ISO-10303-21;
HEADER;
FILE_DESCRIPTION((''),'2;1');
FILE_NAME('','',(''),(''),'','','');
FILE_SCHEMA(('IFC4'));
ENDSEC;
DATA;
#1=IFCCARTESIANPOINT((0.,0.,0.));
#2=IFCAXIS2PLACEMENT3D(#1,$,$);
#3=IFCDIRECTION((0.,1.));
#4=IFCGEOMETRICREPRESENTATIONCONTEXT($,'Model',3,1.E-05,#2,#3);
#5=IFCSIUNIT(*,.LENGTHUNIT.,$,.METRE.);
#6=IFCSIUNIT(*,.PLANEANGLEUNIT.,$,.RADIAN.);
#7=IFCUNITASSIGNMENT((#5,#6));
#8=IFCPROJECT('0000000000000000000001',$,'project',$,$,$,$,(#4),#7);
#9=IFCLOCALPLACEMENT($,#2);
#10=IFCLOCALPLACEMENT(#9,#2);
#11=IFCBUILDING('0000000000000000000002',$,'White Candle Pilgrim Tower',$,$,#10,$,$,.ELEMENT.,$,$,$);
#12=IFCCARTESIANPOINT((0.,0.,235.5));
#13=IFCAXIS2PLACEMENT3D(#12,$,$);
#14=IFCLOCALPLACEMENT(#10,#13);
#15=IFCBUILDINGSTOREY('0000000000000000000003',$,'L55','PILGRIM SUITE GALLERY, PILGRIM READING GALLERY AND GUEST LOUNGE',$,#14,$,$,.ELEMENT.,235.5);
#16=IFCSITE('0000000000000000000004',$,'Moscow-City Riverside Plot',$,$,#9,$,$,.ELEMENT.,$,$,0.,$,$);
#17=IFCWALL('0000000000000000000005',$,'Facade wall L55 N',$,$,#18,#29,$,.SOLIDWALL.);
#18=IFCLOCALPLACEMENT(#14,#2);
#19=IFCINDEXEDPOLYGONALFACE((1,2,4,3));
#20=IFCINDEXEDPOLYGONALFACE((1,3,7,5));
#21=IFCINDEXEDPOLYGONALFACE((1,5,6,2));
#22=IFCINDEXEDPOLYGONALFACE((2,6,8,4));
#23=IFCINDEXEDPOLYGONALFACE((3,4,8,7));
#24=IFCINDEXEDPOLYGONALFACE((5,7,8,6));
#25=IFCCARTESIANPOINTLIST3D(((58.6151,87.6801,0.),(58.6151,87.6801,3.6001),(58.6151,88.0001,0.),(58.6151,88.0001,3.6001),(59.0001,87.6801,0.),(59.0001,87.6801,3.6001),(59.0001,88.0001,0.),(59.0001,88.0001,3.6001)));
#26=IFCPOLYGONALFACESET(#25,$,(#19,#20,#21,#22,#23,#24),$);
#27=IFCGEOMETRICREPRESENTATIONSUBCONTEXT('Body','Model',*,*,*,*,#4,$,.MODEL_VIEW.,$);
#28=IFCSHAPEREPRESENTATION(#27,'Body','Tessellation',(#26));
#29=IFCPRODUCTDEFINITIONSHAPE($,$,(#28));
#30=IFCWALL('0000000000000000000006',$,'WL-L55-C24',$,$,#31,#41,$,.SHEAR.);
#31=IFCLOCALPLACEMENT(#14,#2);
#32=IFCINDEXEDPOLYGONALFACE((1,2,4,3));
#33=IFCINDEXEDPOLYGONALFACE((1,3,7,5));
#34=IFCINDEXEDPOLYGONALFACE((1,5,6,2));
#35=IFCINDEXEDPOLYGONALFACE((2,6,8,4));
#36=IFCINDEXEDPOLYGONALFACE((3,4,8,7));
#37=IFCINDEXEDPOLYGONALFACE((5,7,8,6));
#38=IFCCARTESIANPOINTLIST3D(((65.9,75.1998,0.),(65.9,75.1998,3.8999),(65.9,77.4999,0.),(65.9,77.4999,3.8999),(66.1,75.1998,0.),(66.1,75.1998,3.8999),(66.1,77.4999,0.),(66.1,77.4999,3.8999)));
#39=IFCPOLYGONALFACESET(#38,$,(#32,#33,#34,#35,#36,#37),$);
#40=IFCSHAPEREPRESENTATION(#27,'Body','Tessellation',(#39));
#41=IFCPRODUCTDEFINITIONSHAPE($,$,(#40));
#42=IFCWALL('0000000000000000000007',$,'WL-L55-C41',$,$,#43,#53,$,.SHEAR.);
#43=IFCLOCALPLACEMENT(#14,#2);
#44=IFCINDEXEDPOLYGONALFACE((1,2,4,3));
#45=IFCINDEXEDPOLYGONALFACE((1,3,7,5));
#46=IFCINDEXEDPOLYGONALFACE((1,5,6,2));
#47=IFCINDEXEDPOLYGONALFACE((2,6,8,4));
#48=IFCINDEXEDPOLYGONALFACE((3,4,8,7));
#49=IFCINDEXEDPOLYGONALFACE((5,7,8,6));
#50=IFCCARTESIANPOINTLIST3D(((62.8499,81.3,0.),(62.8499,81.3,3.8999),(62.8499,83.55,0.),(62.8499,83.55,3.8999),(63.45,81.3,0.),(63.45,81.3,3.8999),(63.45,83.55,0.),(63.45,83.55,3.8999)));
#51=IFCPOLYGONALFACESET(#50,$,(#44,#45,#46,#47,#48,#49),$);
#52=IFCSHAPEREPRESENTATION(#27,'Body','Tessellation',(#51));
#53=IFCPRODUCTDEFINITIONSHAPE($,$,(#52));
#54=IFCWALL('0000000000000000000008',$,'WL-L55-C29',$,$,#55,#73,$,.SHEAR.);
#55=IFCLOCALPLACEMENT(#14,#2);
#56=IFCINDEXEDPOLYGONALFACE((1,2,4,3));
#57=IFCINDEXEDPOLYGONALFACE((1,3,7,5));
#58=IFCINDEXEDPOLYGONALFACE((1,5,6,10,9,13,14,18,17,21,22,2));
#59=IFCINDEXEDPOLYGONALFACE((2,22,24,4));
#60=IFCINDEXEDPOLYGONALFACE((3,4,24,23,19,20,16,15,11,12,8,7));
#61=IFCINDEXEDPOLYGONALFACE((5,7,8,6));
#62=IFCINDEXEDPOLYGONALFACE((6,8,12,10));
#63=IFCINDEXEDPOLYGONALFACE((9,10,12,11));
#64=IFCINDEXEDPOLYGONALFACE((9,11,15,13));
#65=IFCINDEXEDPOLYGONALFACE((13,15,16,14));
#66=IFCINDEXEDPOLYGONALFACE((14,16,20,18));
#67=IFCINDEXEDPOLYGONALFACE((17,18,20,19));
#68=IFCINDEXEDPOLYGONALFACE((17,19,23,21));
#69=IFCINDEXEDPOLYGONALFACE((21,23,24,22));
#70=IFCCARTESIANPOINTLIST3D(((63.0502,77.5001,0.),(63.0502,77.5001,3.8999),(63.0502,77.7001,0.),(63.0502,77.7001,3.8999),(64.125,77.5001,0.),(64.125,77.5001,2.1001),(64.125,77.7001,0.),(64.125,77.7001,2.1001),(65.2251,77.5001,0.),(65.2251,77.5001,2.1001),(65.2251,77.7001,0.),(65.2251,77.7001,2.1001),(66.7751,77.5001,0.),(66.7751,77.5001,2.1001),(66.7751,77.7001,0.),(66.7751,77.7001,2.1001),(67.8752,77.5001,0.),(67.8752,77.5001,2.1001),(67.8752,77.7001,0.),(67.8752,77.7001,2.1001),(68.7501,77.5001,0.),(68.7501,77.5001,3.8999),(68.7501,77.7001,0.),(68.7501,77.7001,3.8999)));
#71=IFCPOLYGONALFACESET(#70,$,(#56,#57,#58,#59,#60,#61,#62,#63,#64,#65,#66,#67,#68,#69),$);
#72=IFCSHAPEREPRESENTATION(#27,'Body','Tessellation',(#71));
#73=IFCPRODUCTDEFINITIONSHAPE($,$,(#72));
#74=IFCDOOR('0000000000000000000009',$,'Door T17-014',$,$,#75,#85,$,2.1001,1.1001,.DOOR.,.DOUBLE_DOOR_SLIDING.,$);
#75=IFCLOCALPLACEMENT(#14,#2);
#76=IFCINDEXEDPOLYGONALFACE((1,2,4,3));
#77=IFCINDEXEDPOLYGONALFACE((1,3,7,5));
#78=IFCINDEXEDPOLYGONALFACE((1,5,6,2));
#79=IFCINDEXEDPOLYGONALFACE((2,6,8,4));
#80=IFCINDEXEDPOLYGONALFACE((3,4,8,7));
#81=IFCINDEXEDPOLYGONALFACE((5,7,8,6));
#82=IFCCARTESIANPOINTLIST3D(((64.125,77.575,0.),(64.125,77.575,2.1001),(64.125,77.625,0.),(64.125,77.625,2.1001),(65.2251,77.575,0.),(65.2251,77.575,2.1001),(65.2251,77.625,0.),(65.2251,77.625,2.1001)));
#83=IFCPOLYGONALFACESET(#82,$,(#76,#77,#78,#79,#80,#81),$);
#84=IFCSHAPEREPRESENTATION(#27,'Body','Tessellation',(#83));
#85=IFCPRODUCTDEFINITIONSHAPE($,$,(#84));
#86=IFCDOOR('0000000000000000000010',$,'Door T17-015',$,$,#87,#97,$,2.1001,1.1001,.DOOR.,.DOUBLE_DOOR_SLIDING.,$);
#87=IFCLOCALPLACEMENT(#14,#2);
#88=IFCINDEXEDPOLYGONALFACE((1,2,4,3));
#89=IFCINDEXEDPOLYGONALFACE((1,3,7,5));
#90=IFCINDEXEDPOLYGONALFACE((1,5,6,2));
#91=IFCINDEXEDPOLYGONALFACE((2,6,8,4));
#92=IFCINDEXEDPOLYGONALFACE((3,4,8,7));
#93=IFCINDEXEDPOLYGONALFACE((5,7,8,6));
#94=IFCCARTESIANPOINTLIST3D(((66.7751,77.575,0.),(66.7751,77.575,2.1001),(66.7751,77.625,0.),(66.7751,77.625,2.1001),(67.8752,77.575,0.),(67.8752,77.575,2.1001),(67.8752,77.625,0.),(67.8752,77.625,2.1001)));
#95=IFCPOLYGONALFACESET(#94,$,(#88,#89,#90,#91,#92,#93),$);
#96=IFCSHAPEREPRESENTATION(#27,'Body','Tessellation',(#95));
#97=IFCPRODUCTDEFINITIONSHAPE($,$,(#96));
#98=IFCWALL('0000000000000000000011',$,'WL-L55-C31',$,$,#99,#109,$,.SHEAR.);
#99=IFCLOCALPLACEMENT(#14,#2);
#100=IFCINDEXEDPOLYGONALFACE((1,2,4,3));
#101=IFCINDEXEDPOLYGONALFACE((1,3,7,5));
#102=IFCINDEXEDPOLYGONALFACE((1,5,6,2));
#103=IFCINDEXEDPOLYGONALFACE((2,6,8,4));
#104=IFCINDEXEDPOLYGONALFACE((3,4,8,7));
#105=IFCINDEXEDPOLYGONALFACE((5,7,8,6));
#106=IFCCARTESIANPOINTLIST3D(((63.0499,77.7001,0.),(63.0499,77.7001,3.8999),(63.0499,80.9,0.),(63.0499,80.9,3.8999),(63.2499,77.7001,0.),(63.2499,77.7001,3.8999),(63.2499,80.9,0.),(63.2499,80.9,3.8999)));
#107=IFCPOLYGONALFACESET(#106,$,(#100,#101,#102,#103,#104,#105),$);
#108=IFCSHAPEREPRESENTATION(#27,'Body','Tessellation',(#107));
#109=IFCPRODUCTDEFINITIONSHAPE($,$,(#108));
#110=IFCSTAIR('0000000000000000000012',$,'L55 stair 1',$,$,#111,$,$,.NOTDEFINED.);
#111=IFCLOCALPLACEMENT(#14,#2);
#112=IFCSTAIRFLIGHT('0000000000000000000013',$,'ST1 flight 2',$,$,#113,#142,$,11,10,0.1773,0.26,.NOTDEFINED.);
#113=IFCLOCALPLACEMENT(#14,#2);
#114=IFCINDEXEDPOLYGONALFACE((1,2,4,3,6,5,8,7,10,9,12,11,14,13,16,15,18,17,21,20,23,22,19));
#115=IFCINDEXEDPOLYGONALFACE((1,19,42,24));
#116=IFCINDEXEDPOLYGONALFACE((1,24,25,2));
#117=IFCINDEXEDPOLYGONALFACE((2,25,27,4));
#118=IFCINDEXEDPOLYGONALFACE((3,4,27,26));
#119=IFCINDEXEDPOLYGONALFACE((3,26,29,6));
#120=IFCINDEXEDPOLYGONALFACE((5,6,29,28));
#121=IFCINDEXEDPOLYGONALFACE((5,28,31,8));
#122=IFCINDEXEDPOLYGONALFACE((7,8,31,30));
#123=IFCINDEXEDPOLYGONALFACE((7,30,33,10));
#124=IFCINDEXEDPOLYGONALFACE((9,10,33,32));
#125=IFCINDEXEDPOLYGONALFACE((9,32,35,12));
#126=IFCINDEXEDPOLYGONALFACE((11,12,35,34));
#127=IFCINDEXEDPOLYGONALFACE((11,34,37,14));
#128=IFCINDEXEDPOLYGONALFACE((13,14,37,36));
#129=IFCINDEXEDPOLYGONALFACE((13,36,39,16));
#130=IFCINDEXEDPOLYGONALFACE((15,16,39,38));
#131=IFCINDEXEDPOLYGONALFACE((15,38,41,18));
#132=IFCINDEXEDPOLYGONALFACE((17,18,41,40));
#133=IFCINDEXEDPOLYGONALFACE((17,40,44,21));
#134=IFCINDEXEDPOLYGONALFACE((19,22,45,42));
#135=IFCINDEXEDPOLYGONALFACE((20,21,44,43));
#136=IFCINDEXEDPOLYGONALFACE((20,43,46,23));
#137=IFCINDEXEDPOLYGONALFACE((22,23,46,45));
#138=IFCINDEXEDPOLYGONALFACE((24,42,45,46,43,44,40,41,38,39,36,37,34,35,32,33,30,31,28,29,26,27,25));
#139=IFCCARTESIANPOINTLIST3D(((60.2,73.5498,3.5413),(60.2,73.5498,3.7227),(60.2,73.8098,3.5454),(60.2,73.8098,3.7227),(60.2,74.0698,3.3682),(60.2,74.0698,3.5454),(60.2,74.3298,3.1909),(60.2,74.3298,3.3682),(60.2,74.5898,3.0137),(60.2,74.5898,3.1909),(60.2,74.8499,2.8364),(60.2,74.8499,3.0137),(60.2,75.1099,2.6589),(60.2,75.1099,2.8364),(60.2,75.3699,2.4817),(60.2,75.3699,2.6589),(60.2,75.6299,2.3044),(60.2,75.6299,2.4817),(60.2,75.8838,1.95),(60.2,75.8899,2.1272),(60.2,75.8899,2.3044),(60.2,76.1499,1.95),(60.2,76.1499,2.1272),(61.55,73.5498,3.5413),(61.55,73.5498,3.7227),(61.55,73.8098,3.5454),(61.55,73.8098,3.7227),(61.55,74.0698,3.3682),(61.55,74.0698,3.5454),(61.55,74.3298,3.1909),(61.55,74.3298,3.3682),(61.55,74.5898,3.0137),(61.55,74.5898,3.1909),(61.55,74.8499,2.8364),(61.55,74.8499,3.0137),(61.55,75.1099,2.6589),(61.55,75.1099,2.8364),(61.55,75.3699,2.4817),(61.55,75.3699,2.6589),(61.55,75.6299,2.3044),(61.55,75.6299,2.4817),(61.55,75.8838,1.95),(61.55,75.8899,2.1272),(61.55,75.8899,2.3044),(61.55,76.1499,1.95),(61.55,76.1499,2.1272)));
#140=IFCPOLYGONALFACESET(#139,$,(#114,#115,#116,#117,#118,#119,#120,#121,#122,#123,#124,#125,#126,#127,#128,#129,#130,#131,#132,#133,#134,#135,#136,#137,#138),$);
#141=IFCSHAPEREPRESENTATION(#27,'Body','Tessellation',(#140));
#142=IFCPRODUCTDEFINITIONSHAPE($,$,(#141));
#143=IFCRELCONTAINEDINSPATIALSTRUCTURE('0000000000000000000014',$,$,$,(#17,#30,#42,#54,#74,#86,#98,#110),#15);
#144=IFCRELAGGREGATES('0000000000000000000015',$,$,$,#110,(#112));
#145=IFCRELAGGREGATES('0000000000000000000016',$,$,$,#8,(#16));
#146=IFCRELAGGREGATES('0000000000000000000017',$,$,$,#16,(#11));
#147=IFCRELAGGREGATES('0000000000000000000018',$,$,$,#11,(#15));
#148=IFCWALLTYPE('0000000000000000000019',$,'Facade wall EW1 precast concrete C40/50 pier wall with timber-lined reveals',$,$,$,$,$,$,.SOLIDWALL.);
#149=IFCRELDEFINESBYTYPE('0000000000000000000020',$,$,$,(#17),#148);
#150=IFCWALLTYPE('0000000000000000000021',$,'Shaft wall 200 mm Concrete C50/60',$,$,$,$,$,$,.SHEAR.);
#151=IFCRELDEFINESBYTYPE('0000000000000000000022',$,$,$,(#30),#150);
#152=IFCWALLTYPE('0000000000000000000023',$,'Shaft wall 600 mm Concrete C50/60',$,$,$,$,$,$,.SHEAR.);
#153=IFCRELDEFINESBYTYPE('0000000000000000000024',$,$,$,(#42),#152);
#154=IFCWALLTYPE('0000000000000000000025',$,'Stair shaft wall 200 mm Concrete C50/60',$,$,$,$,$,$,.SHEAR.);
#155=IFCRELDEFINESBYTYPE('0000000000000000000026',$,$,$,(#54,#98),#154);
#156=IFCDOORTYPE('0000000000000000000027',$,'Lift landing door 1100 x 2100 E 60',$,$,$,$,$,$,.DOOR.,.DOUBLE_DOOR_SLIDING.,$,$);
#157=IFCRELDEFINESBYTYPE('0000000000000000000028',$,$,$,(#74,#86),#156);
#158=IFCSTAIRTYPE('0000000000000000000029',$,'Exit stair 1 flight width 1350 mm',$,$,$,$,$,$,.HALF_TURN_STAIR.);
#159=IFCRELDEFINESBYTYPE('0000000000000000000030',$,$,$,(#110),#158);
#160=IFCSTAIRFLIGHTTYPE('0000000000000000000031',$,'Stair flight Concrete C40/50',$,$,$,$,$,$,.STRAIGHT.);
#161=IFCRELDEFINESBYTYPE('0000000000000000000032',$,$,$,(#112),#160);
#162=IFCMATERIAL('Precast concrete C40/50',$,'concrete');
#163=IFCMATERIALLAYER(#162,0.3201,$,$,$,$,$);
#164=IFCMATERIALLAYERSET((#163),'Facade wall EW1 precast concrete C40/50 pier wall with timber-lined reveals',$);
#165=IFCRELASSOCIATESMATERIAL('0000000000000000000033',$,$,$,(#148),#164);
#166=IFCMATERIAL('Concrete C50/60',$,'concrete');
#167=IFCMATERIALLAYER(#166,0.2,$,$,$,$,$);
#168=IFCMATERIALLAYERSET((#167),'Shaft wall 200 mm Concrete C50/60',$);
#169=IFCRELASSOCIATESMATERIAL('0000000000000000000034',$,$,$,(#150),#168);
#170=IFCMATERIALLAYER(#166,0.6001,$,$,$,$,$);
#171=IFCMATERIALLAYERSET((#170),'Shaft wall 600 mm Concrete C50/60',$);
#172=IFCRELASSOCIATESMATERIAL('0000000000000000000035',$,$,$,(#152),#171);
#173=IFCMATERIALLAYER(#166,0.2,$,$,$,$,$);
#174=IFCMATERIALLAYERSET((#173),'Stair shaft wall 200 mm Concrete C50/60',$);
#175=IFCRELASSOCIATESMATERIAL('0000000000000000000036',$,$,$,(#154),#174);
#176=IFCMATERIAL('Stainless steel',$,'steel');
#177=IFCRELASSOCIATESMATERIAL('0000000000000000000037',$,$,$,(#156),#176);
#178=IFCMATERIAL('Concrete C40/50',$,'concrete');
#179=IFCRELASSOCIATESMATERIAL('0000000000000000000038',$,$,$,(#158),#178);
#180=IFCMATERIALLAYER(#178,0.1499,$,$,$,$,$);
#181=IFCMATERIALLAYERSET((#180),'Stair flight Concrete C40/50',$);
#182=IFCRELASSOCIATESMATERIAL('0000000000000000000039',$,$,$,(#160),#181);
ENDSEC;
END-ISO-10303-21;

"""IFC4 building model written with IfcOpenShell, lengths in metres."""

from ifc_helpers import new_model, si_unit, direction, frame, frame_2d, origin, place, context, subcontext, project, spatial, polyline, rectangle, outline, extrude, material, layer, layer_set, type_object, element, fill, aggregate, save


model = new_model("IFC4")

# Units and contexts
model_context = context("Model", 3, precision=1e-05, world=origin(), true_north=direction((0.0, 1.0)))
body_context = subcontext(model_context, "Body", "Model", "MODEL_VIEW")
ifc_project = project(units=[si_unit("LENGTHUNIT", "METRE"), si_unit("PLANEANGLEUNIT", "RADIAN")], contexts=[model_context])

# Site, building, storey
site_placement = place(None, origin())
site = spatial("IfcSite", under=ifc_project, at=site_placement, Name="Moscow-City Riverside Plot", CompositionType="ELEMENT", RefElevation=0.0)
building_placement = place(site_placement, origin())
building = spatial("IfcBuilding", under=site, at=building_placement, Name="White Candle Pilgrim Tower", CompositionType="ELEMENT")
storey_placement = place(building_placement, frame((0.0, 0.0, 235.5)))
storey = spatial("IfcBuildingStorey", under=building, at=storey_placement, Name="L55", Description="PILGRIM SUITE GALLERY, PILGRIM READING GALLERY AND GUEST LOUNGE", CompositionType="ELEMENT", Elevation=235.5)

# Shared definitions
ifc_material_1 = material(Name="Concrete C50/60", Category="concrete")

# Shared definitions
ifc_material_2 = material(Name="Stainless steel", Category="steel")

# Walls
ifc_material_3 = material(Name="Precast concrete C40/50", Category="concrete")
ifc_layer_1 = layer(ifc_material_3, 0.3201)
ifc_layer_set_1 = layer_set([ifc_layer_1], Name="Facade wall EW1 precast concrete C40/50 pier wall with timber-lined reveals")
wall_type_1 = type_object("IfcWallType", Name="Facade wall EW1 precast concrete C40/50 pier wall with timber-lined reveals", PredefinedType="SOLIDWALL", material=ifc_layer_set_1)
wall_1_placement = place(storey_placement, frame((59.0, 87.8401, 0.0), z_axis=(0.0, 0.0, 1.0), x_axis=(-1.0, 0.0, 0.0)))
element("IfcWall", 1, at=wall_1_placement, inside=storey, type_object=wall_type_1, Name="Facade wall L55 N", PredefinedType="SOLIDWALL", context=body_context, shape_type="SweptSolid", body=[
    extrude(rectangle(XDim=0.385, YDim=0.3201, at=frame_2d((0.1924, 0.0))), origin(), (0.0, 0.0, 1.0), 3.6001),
])
ifc_layer_2 = layer(ifc_material_1, 0.2)
ifc_layer_set_2 = layer_set([ifc_layer_2], Name="Shaft wall 200 mm Concrete C50/60")
wall_type_2 = type_object("IfcWallType", Name="Shaft wall 200 mm Concrete C50/60", PredefinedType="SHEAR", material=ifc_layer_set_2)
wall_2_placement = place(storey_placement, frame((66.0, 75.2, 0.0), z_axis=(0.0, 0.0, 1.0), x_axis=(0.0, 1.0, 0.0)))
element("IfcWall", 2, at=wall_2_placement, inside=storey, type_object=wall_type_2, Name="WL-L55-C24", PredefinedType="SHEAR", context=body_context, shape_type="SweptSolid", body=[
    extrude(rectangle(XDim=2.3, YDim=0.2, at=frame_2d((1.1499, 0.0))), origin(), (0.0, 0.0, 1.0), 3.8999),
])
ifc_layer_3 = layer(ifc_material_1, 0.6001)
ifc_layer_set_3 = layer_set([ifc_layer_3], Name="Shaft wall 600 mm Concrete C50/60")
wall_type_3 = type_object("IfcWallType", Name="Shaft wall 600 mm Concrete C50/60", PredefinedType="SHEAR", material=ifc_layer_set_3)
wall_3_placement = place(storey_placement, frame((63.1499, 81.3, 0.0), z_axis=(0.0, 0.0, 1.0), x_axis=(0.0, 1.0, 0.0)))
element("IfcWall", 3, at=wall_3_placement, inside=storey, type_object=wall_type_3, Name="WL-L55-C41", PredefinedType="SHEAR", context=body_context, shape_type="SweptSolid", body=[
    extrude(rectangle(XDim=2.25, YDim=0.6001, at=frame_2d((1.125, 0.0))), origin(), (0.0, 0.0, 1.0), 3.8999),
])

# Wall, openings, doors
ifc_layer_4 = layer(ifc_material_1, 0.2)
ifc_layer_set_4 = layer_set([ifc_layer_4], Name="Stair shaft wall 200 mm Concrete C50/60")
wall_type_4 = type_object("IfcWallType", Name="Stair shaft wall 200 mm Concrete C50/60", PredefinedType="SHEAR", material=ifc_layer_set_4)
wall_4_placement = place(storey_placement, frame((63.05, 77.6001, 0.0), z_axis=(0.0, 0.0, 1.0), x_axis=(1.0, 0.0, 0.0)))
wall_4 = element("IfcWall", 4, at=wall_4_placement, inside=storey, type_object=wall_type_4, Name="WL-L55-C29", PredefinedType="SHEAR", context=body_context, shape_type="SweptSolid", body=[
    extrude(rectangle(XDim=5.7, YDim=0.2, at=frame_2d((2.8501, 0.0))), origin(), (0.0, 0.0, 1.0), 3.8999),
])
opening_1_placement = place(wall_4_placement, frame((1.075, 0.0, 0.0)))
opening_1 = element("IfcOpeningElement", 5, at=opening_1_placement, cuts=wall_4, PredefinedType="OPENING", context=body_context, shape_type="SweptSolid", body=[
    extrude(rectangle(XDim=1.1001, YDim=2.1001, at=frame_2d((0.55, 1.05))), frame((0.0, 0.1099, 0.0), z_axis=(0.0, -1.0, 0.0), x_axis=(1.0, 0.0, 0.0)), (0.0, 0.0, 1.0), 0.22),
])
opening_2_placement = place(wall_4_placement, frame((3.7251, 0.0, 0.0)))
opening_2 = element("IfcOpeningElement", 6, at=opening_2_placement, cuts=wall_4, PredefinedType="OPENING", context=body_context, shape_type="SweptSolid", body=[
    extrude(rectangle(XDim=1.1001, YDim=2.1001, at=frame_2d((0.55, 1.05))), frame((0.0, 0.1099, 0.0), z_axis=(0.0, -1.0, 0.0), x_axis=(1.0, 0.0, 0.0)), (0.0, 0.0, 1.0), 0.22),
])
door_type_1 = type_object("IfcDoorType", Name="Lift landing door 1100 x 2100 E 60", OperationType="DOUBLE_DOOR_SLIDING", PredefinedType="DOOR", material=ifc_material_2)
door_1_placement = place(opening_1_placement, origin())
door_1 = element("IfcDoor", 7, at=door_1_placement, inside=storey, type_object=door_type_1, Name="Door T17-014", OperationType="DOUBLE_DOOR_SLIDING", OverallHeight=2.1001, OverallWidth=1.1001, PredefinedType="DOOR", context=body_context, shape_type="SweptSolid", body=[
    extrude(rectangle(XDim=1.1001, YDim=2.1001, at=frame_2d((0.55, 1.05))), frame((0.0, 0.0249, 0.0), z_axis=(0.0, -1.0, 0.0), x_axis=(1.0, 0.0, 0.0)), (0.0, 0.0, 1.0), 0.05),
])
fill(opening_1, door_1)
door_2_placement = place(opening_2_placement, origin())
door_2 = element("IfcDoor", 8, at=door_2_placement, inside=storey, type_object=door_type_1, Name="Door T17-015", OperationType="DOUBLE_DOOR_SLIDING", OverallHeight=2.1001, OverallWidth=1.1001, PredefinedType="DOOR", context=body_context, shape_type="SweptSolid", body=[
    extrude(rectangle(XDim=1.1001, YDim=2.1001, at=frame_2d((0.55, 1.05))), frame((0.0, 0.0249, 0.0), z_axis=(0.0, -1.0, 0.0), x_axis=(1.0, 0.0, 0.0)), (0.0, 0.0, 1.0), 0.05),
])
fill(opening_2, door_2)

# Wall
wall_5_placement = place(storey_placement, frame((63.1499, 77.7, 0.0), z_axis=(0.0, 0.0, 1.0), x_axis=(0.0, 1.0, 0.0)))
element("IfcWall", 9, at=wall_5_placement, inside=storey, type_object=wall_type_4, Name="WL-L55-C31", PredefinedType="SHEAR", context=body_context, shape_type="SweptSolid", body=[
    extrude(rectangle(XDim=3.2, YDim=0.2, at=frame_2d((1.6001, 0.0))), origin(), (0.0, 0.0, 1.0), 3.8999),
])

# Stair, stair flight
ifc_material_4 = material(Name="Concrete C40/50", Category="concrete")
stair_type = type_object("IfcStairType", Name="Exit stair 1 flight width 1350 mm", PredefinedType="HALF_TURN_STAIR", material=ifc_material_4)
stair_placement = place(storey_placement, origin())
stair = element("IfcStair", 10, at=stair_placement, inside=storey, type_object=stair_type, Name="L55 stair 1", PredefinedType="NOTDEFINED")
ifc_layer_5 = layer(ifc_material_4, 0.1499)
ifc_layer_set_5 = layer_set([ifc_layer_5], Name="Stair flight Concrete C40/50")
stair_flight_type = type_object("IfcStairFlightType", Name="Stair flight Concrete C40/50", PredefinedType="STRAIGHT", material=ifc_layer_set_5)
stair_flight_placement = place(storey_placement, frame((60.875, 76.1499, 1.95), z_axis=(0.0, 0.0, 1.0), x_axis=(0.0, -1.0, 0.0)))
stair_flight = element("IfcStairFlight", 11, at=stair_flight_placement, type_object=stair_flight_type, Name="ST1 flight 2", NumberOfRisers=11, NumberOfTreads=10, PredefinedType="NOTDEFINED", RiserHeight=0.1773, TreadLength=0.26, context=body_context, shape_type="SweptSolid", body=[
    extrude(outline(polyline([(0.0, 0.0), (0.0, 0.1772), (0.26, 0.1772), (0.26, 0.3545), (0.52, 0.3545), (0.52, 0.5317), (0.78, 0.5317), (0.78, 0.709), (1.04, 0.709), (1.04, 0.8865), (1.3, 0.8865), (1.3, 1.0637), (1.5601, 1.0637), (1.5601, 1.241), (1.8201, 1.241), (1.8201, 1.4182), (2.0801, 1.4182), (2.0801, 1.5955), (2.3401, 1.5955), (2.3401, 1.7727), (2.6001, 1.7727), (2.6001, 1.95), (2.6001, 1.5913), (0.2661, 0.0), (0.0, 0.0)])), frame((0.0, 0.675, 0.0), z_axis=(0.0, -1.0, 0.0), x_axis=(1.0, 0.0, 0.0)), (0.0, 0.0, 1.0), 1.3501),
])
aggregate(stair, [stair_flight])

save(model, "model.ifc")
